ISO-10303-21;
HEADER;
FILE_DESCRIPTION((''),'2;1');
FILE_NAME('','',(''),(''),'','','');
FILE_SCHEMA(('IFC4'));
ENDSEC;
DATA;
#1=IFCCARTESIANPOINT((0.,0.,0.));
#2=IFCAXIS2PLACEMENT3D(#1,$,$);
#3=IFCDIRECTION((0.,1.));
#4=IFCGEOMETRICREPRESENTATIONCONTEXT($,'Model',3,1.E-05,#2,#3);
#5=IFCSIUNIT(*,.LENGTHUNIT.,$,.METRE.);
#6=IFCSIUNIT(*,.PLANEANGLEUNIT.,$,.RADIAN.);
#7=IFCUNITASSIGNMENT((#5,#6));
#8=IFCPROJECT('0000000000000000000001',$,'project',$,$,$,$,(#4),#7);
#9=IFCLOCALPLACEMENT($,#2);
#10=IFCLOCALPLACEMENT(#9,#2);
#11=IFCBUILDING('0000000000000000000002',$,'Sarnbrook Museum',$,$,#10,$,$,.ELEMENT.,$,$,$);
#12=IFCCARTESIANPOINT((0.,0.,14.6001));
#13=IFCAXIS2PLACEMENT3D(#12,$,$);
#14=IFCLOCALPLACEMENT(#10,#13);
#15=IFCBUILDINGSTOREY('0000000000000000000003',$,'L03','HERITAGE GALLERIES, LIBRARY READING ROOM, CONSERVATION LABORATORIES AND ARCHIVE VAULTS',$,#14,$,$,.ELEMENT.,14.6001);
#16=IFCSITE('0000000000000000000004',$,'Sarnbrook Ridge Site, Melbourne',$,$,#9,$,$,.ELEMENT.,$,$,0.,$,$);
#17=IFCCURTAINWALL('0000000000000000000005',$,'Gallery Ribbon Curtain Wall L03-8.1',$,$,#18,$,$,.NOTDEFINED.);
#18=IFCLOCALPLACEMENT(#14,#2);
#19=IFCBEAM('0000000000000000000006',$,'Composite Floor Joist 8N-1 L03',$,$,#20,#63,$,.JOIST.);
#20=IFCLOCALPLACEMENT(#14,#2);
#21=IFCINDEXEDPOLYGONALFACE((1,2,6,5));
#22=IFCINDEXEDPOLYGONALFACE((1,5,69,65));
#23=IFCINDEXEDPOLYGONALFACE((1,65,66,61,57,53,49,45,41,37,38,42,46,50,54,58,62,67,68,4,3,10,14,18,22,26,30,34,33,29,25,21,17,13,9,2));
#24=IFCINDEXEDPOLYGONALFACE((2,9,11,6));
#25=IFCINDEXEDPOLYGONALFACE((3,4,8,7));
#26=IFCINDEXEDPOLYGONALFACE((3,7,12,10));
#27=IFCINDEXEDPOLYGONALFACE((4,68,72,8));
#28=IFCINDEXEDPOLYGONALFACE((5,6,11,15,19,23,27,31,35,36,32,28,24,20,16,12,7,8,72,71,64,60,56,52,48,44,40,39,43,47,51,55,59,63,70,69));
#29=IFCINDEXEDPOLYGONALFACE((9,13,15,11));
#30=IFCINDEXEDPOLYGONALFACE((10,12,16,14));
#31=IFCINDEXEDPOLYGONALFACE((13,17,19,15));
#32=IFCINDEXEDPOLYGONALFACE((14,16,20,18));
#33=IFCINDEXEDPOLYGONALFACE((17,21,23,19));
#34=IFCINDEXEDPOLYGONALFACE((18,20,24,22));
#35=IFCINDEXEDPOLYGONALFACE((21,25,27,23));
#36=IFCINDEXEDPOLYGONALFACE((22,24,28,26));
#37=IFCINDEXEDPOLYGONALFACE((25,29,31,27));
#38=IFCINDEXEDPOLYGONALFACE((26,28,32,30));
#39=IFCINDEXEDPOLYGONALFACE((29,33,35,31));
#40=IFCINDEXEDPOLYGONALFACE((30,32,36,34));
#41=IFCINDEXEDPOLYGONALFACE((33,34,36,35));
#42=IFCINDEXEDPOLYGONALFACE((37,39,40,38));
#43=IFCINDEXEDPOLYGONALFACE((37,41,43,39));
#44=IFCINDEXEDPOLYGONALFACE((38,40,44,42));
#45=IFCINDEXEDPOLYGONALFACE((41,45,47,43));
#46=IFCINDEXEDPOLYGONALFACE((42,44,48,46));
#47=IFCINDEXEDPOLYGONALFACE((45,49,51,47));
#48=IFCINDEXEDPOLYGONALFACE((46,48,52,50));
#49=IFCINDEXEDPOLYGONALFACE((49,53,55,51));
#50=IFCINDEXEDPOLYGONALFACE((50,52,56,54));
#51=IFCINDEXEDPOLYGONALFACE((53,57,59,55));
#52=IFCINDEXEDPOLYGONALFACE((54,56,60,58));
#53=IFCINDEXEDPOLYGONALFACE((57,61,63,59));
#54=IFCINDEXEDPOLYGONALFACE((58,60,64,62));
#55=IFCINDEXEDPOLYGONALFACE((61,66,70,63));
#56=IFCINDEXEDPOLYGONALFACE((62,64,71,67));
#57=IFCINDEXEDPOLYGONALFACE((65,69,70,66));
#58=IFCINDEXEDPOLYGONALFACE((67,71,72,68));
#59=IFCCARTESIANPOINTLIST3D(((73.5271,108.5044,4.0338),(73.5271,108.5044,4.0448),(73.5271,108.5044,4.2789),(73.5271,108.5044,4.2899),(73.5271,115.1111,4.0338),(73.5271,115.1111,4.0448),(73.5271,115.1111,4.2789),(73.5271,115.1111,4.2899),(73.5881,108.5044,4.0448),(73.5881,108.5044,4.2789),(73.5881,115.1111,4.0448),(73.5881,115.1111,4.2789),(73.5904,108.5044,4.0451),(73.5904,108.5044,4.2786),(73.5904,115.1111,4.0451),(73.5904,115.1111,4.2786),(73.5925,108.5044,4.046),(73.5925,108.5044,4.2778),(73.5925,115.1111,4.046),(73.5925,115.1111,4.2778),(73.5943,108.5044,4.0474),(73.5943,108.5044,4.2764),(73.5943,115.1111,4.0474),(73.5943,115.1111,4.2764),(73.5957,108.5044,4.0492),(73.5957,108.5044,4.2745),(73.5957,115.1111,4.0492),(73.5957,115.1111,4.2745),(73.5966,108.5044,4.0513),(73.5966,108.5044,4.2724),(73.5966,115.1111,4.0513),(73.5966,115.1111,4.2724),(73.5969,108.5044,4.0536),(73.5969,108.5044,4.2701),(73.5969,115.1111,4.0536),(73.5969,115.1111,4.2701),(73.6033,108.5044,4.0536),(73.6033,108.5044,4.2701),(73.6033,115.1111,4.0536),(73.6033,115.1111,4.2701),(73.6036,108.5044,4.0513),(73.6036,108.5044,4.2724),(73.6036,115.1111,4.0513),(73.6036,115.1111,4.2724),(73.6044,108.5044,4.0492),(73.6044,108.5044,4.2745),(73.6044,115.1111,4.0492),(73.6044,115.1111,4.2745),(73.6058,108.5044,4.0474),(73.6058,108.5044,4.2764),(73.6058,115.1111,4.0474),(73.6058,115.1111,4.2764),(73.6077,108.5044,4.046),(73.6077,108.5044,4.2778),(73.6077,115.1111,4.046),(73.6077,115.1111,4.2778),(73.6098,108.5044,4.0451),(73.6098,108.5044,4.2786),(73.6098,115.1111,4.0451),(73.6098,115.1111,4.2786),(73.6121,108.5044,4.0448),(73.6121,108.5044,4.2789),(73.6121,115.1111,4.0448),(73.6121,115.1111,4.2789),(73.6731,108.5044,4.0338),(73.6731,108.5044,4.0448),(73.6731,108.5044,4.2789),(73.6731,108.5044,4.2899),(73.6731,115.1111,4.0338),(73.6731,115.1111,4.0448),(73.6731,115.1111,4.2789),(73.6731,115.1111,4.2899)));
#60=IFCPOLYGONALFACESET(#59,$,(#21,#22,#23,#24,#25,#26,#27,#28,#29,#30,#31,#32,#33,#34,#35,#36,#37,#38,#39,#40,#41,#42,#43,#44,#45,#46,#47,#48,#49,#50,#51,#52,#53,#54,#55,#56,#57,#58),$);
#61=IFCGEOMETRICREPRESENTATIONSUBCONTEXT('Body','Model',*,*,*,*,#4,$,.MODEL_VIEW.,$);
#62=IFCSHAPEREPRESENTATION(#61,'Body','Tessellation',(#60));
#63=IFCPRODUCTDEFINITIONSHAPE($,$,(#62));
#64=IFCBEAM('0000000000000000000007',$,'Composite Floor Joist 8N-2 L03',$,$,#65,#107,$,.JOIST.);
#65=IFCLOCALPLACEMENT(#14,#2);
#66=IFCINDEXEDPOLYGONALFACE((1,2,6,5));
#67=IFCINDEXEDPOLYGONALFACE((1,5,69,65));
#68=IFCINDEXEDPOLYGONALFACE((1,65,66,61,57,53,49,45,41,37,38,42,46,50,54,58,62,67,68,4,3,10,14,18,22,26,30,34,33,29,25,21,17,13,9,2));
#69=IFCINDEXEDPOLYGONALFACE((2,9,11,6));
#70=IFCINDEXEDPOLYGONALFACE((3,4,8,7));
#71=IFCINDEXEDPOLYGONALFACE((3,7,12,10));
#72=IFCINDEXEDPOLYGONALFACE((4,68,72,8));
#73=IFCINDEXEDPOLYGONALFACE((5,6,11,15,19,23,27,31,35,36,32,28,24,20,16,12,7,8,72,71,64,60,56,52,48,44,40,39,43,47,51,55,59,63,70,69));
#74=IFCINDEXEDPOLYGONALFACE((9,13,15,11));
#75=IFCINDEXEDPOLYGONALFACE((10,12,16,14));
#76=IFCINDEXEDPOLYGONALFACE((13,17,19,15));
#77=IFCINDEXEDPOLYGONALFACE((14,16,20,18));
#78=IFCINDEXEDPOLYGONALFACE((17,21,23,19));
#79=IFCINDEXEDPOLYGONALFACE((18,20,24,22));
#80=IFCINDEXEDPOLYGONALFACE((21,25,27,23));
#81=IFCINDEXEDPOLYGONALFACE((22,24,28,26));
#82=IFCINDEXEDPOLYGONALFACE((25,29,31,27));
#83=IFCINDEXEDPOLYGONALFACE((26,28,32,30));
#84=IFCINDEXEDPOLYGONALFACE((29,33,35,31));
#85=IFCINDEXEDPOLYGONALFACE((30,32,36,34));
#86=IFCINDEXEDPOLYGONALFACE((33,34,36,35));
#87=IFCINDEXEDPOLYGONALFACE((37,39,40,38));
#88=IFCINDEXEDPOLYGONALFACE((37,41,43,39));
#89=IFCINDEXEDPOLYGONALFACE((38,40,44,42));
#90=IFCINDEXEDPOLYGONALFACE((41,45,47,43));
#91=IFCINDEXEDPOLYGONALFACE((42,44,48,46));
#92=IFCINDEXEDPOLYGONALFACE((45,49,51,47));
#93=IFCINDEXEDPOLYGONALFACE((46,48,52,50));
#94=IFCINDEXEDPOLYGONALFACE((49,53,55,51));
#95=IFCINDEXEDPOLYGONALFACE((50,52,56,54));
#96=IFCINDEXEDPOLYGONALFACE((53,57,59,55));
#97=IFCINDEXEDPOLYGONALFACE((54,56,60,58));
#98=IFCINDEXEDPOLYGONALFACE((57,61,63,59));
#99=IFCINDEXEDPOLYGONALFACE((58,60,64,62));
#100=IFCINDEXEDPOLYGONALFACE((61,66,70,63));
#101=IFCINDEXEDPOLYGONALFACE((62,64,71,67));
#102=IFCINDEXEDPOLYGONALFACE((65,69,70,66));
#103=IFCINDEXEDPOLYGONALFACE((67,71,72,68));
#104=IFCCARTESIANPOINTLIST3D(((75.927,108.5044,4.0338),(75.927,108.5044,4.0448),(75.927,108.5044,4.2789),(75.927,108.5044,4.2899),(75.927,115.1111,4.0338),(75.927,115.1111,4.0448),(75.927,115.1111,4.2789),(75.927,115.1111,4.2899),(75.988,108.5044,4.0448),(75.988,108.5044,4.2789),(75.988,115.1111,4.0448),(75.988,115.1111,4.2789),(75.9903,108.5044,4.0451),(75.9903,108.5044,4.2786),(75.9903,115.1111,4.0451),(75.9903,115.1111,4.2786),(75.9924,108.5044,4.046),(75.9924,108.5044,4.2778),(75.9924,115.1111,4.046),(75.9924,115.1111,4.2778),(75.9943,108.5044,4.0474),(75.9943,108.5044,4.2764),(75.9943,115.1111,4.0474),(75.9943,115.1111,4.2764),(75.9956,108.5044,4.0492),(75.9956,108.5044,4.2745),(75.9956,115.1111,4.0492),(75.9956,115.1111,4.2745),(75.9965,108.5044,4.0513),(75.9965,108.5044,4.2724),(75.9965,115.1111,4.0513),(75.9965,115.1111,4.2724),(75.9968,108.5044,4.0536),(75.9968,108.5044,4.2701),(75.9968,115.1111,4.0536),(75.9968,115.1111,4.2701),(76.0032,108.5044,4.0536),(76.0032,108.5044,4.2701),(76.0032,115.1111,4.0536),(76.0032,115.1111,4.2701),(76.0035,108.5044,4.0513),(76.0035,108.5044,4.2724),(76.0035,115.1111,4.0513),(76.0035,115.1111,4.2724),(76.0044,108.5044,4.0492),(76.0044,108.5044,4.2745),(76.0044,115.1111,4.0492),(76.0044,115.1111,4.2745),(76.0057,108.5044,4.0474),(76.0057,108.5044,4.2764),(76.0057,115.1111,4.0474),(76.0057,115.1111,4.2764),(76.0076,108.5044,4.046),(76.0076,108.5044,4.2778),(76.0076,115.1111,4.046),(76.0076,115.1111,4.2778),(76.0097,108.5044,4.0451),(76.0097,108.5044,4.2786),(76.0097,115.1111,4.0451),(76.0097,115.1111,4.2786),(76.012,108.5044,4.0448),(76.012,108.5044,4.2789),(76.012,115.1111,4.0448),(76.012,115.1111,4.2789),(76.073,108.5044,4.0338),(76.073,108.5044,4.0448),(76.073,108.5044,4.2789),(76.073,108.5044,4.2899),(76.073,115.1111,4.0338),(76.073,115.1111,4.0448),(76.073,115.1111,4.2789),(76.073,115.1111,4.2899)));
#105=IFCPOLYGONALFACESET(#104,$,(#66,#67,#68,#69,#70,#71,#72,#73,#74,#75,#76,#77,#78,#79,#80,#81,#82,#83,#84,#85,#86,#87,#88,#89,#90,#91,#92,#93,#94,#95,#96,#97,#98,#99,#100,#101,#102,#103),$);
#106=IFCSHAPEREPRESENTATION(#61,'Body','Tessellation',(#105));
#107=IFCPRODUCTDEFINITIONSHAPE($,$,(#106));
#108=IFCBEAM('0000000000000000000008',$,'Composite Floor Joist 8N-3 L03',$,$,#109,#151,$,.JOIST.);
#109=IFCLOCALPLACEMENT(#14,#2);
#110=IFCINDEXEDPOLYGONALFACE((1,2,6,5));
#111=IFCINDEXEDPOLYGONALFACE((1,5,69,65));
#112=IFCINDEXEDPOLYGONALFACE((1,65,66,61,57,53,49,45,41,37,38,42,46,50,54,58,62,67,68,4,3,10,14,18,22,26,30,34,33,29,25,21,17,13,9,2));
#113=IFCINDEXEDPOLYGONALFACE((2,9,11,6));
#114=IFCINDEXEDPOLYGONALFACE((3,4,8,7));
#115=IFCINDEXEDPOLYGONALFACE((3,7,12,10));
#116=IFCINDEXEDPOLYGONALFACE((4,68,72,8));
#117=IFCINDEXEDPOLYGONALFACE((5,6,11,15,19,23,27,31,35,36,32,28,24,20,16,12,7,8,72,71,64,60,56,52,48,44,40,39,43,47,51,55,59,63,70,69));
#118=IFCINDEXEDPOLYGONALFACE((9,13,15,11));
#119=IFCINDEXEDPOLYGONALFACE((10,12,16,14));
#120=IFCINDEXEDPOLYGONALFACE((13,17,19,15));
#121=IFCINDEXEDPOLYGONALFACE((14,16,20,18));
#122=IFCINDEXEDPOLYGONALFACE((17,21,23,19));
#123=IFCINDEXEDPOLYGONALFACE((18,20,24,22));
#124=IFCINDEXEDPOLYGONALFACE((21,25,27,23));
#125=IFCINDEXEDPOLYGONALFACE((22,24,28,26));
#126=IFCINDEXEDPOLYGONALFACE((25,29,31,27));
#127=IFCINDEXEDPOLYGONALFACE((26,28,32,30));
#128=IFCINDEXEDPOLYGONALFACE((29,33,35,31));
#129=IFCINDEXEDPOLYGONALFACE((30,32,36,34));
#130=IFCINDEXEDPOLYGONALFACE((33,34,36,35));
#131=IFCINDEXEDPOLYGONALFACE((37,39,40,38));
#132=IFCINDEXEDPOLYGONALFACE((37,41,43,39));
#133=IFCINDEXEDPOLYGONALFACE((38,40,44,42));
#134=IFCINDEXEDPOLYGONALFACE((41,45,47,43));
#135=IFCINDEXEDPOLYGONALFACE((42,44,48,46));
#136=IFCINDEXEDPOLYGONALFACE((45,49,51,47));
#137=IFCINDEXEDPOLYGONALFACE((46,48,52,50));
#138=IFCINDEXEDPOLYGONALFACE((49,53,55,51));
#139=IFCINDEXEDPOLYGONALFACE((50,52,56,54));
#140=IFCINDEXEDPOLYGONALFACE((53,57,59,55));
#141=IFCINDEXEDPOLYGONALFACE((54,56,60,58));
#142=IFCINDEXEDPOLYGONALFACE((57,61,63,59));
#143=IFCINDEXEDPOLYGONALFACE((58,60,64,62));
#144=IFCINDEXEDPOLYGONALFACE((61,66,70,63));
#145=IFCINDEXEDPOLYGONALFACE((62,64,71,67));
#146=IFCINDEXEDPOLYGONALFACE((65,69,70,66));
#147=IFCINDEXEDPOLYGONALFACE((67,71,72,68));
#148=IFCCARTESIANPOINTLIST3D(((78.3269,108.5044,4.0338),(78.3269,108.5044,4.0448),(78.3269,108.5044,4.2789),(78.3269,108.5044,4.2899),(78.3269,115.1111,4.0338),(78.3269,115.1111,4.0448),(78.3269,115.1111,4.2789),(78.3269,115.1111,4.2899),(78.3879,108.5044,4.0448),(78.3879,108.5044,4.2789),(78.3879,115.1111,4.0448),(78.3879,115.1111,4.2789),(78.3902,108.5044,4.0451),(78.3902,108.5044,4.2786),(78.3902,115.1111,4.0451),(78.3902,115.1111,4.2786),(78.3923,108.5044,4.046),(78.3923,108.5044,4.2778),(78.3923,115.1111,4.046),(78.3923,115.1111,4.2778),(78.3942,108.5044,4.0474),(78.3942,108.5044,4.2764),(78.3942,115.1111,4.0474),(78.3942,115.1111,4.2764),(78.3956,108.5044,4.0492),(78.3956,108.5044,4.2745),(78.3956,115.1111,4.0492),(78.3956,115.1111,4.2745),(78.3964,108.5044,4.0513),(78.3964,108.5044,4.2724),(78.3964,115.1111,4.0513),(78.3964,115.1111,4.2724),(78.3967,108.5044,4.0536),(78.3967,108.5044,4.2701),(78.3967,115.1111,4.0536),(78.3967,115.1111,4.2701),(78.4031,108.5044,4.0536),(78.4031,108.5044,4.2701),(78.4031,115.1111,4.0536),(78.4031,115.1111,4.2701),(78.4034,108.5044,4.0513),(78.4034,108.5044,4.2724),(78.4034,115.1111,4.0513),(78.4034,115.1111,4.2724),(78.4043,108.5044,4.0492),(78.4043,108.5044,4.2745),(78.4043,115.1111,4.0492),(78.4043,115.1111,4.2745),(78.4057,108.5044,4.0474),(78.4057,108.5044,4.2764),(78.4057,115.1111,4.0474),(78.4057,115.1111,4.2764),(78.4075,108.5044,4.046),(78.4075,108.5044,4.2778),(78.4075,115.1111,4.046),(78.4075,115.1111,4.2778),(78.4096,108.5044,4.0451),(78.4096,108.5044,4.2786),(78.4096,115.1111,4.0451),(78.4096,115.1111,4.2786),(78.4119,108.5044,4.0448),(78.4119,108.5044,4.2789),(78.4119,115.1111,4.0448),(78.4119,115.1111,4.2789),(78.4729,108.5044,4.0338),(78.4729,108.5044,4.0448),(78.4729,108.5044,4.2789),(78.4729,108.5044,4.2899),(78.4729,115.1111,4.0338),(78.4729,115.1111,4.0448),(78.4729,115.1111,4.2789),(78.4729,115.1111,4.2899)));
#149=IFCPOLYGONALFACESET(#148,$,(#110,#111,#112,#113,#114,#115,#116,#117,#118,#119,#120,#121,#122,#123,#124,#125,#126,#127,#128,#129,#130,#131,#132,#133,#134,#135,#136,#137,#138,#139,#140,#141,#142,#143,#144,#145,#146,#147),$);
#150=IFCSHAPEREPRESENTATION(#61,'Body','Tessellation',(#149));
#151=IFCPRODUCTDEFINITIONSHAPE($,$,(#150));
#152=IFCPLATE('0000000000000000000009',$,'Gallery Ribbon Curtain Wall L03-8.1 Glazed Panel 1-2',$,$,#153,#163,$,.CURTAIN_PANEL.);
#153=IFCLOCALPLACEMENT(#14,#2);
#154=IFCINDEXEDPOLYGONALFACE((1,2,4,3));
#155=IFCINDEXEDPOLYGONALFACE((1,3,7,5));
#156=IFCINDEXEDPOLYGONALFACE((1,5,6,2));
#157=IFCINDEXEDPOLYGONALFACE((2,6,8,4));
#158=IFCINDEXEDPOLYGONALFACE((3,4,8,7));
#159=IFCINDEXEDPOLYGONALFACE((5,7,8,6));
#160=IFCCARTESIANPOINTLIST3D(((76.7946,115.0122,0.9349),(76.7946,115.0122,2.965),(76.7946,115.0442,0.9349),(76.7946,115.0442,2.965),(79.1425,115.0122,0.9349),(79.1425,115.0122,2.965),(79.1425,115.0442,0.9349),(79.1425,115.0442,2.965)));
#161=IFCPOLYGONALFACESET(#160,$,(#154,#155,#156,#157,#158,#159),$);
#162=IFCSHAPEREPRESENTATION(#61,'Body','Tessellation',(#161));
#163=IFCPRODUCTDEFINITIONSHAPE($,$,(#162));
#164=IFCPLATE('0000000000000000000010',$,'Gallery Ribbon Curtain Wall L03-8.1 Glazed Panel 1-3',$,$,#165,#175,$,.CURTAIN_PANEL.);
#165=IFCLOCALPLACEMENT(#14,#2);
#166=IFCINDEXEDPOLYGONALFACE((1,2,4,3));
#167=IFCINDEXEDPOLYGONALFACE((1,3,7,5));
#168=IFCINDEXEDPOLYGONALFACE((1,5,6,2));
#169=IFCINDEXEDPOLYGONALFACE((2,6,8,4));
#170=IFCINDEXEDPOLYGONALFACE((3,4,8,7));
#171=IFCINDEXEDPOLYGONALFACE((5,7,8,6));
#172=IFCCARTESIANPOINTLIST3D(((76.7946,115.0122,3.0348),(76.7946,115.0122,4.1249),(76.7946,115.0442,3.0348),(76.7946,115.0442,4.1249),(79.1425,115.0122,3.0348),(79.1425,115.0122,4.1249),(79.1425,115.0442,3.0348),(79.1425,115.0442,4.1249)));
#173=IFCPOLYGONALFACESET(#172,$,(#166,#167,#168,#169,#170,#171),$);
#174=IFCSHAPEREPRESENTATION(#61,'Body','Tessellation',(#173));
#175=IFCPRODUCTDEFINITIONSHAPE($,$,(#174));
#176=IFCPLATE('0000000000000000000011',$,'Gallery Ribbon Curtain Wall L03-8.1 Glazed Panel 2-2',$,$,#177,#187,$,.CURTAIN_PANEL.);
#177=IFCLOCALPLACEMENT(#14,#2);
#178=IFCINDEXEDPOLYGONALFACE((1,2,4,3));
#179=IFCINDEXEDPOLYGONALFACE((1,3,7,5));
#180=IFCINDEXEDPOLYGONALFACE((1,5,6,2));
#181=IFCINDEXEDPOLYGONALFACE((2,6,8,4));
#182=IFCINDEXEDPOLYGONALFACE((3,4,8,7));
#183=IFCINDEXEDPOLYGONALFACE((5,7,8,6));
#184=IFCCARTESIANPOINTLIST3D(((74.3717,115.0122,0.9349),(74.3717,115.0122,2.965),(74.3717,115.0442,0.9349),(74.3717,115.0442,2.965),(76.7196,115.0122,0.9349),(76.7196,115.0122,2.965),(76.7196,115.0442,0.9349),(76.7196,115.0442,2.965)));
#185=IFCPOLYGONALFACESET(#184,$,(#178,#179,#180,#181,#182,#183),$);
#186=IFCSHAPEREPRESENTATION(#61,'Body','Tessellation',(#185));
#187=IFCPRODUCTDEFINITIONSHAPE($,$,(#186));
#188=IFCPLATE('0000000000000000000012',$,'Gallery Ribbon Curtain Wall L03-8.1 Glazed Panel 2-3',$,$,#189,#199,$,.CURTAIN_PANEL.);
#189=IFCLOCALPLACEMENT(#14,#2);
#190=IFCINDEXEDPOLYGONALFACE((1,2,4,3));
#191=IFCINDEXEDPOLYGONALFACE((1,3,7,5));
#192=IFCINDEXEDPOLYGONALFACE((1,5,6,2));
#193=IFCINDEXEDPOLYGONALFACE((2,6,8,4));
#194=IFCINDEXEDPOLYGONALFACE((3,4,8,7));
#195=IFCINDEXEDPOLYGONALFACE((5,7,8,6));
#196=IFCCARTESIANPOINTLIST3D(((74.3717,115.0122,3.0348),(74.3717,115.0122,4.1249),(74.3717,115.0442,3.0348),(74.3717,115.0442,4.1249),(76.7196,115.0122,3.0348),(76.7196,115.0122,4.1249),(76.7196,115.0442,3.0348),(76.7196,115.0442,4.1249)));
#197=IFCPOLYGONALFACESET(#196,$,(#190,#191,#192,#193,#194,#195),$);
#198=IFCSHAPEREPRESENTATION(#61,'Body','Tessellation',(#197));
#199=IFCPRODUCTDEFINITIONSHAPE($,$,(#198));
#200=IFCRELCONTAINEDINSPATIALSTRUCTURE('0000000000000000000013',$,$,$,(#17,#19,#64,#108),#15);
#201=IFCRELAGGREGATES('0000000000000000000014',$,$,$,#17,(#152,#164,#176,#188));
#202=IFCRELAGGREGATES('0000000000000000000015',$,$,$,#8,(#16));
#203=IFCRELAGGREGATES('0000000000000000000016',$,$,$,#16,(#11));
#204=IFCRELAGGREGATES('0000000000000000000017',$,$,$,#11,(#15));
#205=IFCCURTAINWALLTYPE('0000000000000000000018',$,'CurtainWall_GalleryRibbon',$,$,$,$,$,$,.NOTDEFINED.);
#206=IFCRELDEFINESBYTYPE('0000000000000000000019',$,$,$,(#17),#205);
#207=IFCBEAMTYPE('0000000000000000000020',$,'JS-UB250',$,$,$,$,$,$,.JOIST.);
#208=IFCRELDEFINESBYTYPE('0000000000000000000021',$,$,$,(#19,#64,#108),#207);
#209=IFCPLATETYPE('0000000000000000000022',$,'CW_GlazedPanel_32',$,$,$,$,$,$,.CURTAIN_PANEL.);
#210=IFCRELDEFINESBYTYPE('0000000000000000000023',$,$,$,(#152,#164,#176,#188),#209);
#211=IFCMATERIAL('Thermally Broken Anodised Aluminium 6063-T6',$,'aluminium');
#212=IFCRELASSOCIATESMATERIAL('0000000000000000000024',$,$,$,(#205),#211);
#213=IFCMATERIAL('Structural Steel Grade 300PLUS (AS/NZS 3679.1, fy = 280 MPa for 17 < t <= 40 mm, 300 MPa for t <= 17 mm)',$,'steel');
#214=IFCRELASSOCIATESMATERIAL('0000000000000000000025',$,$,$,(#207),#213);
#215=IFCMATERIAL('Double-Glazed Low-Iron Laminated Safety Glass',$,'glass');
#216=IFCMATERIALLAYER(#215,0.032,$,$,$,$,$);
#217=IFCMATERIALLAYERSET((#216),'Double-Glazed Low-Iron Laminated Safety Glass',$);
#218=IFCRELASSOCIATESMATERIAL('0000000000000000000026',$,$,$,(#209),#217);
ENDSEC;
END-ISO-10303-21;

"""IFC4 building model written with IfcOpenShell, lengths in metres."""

from ifc_helpers import new_model, si_unit, direction, frame, origin, origin_2d, place, context, subcontext, project, spatial, rectangle, i_section, extrude, material, layer, layer_set, material_profile, profile_set, type_object, element, aggregate, save


model = new_model("IFC4")

# Units and contexts
model_context = context("Model", 3, precision=1e-05, world=origin(), true_north=direction((0.0, 1.0)))
body_context = subcontext(model_context, "Body", "Model", "MODEL_VIEW")
ifc_project = project(units=[si_unit("LENGTHUNIT", "METRE"), si_unit("PLANEANGLEUNIT", "RADIAN")], contexts=[model_context])

# Site, building, storey
site_placement = place(None, origin())
site = spatial("IfcSite", under=ifc_project, at=site_placement, Name="Sarnbrook Ridge Site, Melbourne", CompositionType="ELEMENT", RefElevation=0.0)
building_placement = place(site_placement, origin())
building = spatial("IfcBuilding", under=site, at=building_placement, Name="Sarnbrook Museum", CompositionType="ELEMENT")
storey_placement = place(building_placement, frame((0.0, 0.0, 14.6001)))
storey = spatial("IfcBuildingStorey", under=building, at=storey_placement, Name="L03", Description="HERITAGE GALLERIES, LIBRARY READING ROOM, CONSERVATION LABORATORIES AND ARCHIVE VAULTS", CompositionType="ELEMENT", Elevation=14.6001)

# Shared definitions
ifc_material_1 = material(Name="Structural Steel Grade 300PLUS (AS/NZS 3679.1, fy = 280 MPa for 17 < t <= 40 mm, 300 MPa for t <= 17 mm)", Category="steel")

# Curtain wall
ifc_material_2 = material(Name="Thermally Broken Anodised Aluminium 6063-T6", Category="aluminium")
curtain_wall_type = type_object("IfcCurtainWallType", Name="CurtainWall_GalleryRibbon", PredefinedType="NOTDEFINED", material=ifc_material_2)
curtain_wall_placement = place(storey_placement, origin())
curtain_wall = element("IfcCurtainWall", 1, at=curtain_wall_placement, inside=storey, type_object=curtain_wall_type, Name="Gallery Ribbon Curtain Wall L03-8.1", PredefinedType="NOTDEFINED")

# Beams
ifc_material_profile_1 = material_profile(ifc_material_1, i_section(OverallWidth=0.146, OverallDepth=0.2561, WebThickness=0.0063, FlangeThickness=0.011, FilletRadius=0.0088, at=origin_2d()), Name="250UB37.3")
ifc_profile_set_1 = profile_set([ifc_material_profile_1], Name="Structural Steel Grade 300PLUS (AS/NZS 3679.1, fy = 280 MPa for 17 < t <= 40 mm, 300 MPa for t <= 17 mm)")
beam_type_1 = type_object("IfcBeamType", Name="JS-UB250", PredefinedType="JOIST", material=ifc_profile_set_1)
for number, where, z_axis, x_axis, name in (
    (2, (73.6001, 108.5044, 4.1619), (0.0, 1.0, 0.0), (-1.0, 0.0, 0.0), "Composite Floor Joist 8N-1 L03"),
    (3, (76.0, 108.5044, 4.1619), (0.0, 1.0, 0.0), (-1.0, 0.0, 0.0), "Composite Floor Joist 8N-2 L03"),
    (4, (78.3999, 108.5044, 4.1619), (0.0, 1.0, 0.0), (-1.0, 0.0, 0.0), "Composite Floor Joist 8N-3 L03"),
):
    element("IfcBeam", number, at=place(storey_placement, frame(where, z_axis=z_axis, x_axis=x_axis)), inside=storey, type_object=beam_type_1, Name=name, PredefinedType="JOIST", context=body_context, shape_type="SweptSolid", body=[
        extrude(i_section(OverallWidth=0.146, OverallDepth=0.2561, WebThickness=0.0063, FlangeThickness=0.011, FilletRadius=0.0088, at=origin_2d()), origin(), (0.0, 0.0, 1.0), 6.6067),
    ])

# Plates
ifc_material_3 = material(Name="Double-Glazed Low-Iron Laminated Safety Glass", Category="glass")
ifc_layer_1 = layer(ifc_material_3, 0.032)
ifc_layer_set_1 = layer_set([ifc_layer_1], Name="Double-Glazed Low-Iron Laminated Safety Glass")
plate_type_1 = type_object("IfcPlateType", Name="CW_GlazedPanel_32", PredefinedType="CURTAIN_PANEL", material=ifc_layer_set_1)
plate_1_placement = place(storey_placement, frame((77.9685, 115.0122, 1.95), z_axis=(0.0, 1.0, 0.0), x_axis=(-1.0, 0.0, 0.0)))
plate_1 = element("IfcPlate", 5, at=plate_1_placement, type_object=plate_type_1, Name="Gallery Ribbon Curtain Wall L03-8.1 Glazed Panel 1-2", PredefinedType="CURTAIN_PANEL", context=body_context, shape_type="SweptSolid", body=[
    extrude(rectangle(XDim=2.3479, YDim=2.03, at=origin_2d()), origin(), (0.0, 0.0, 1.0), 0.032),
])
plate_2_placement = place(storey_placement, frame((77.9685, 115.0122, 3.5798), z_axis=(0.0, 1.0, 0.0), x_axis=(-1.0, 0.0, 0.0)))
plate_2 = element("IfcPlate", 6, at=plate_2_placement, type_object=plate_type_1, Name="Gallery Ribbon Curtain Wall L03-8.1 Glazed Panel 1-3", PredefinedType="CURTAIN_PANEL", context=body_context, shape_type="SweptSolid", body=[
    extrude(rectangle(XDim=2.3479, YDim=1.0901, at=origin_2d()), origin(), (0.0, 0.0, 1.0), 0.032),
])
plate_3_placement = place(storey_placement, frame((75.5457, 115.0122, 1.95), z_axis=(0.0, 1.0, 0.0), x_axis=(-1.0, 0.0, 0.0)))
plate_3 = element("IfcPlate", 7, at=plate_3_placement, type_object=plate_type_1, Name="Gallery Ribbon Curtain Wall L03-8.1 Glazed Panel 2-2", PredefinedType="CURTAIN_PANEL", context=body_context, shape_type="SweptSolid", body=[
    extrude(rectangle(XDim=2.3479, YDim=2.03, at=origin_2d()), origin(), (0.0, 0.0, 1.0), 0.032),
])
plate_4_placement = place(storey_placement, frame((75.5457, 115.0122, 3.5798), z_axis=(0.0, 1.0, 0.0), x_axis=(-1.0, 0.0, 0.0)))
plate_4 = element("IfcPlate", 8, at=plate_4_placement, type_object=plate_type_1, Name="Gallery Ribbon Curtain Wall L03-8.1 Glazed Panel 2-3", PredefinedType="CURTAIN_PANEL", context=body_context, shape_type="SweptSolid", body=[
    extrude(rectangle(XDim=2.3479, YDim=1.0901, at=origin_2d()), origin(), (0.0, 0.0, 1.0), 0.032),
])
aggregate(curtain_wall, [plate_1, plate_2, plate_3, plate_4])

save(model, "model.ifc")
